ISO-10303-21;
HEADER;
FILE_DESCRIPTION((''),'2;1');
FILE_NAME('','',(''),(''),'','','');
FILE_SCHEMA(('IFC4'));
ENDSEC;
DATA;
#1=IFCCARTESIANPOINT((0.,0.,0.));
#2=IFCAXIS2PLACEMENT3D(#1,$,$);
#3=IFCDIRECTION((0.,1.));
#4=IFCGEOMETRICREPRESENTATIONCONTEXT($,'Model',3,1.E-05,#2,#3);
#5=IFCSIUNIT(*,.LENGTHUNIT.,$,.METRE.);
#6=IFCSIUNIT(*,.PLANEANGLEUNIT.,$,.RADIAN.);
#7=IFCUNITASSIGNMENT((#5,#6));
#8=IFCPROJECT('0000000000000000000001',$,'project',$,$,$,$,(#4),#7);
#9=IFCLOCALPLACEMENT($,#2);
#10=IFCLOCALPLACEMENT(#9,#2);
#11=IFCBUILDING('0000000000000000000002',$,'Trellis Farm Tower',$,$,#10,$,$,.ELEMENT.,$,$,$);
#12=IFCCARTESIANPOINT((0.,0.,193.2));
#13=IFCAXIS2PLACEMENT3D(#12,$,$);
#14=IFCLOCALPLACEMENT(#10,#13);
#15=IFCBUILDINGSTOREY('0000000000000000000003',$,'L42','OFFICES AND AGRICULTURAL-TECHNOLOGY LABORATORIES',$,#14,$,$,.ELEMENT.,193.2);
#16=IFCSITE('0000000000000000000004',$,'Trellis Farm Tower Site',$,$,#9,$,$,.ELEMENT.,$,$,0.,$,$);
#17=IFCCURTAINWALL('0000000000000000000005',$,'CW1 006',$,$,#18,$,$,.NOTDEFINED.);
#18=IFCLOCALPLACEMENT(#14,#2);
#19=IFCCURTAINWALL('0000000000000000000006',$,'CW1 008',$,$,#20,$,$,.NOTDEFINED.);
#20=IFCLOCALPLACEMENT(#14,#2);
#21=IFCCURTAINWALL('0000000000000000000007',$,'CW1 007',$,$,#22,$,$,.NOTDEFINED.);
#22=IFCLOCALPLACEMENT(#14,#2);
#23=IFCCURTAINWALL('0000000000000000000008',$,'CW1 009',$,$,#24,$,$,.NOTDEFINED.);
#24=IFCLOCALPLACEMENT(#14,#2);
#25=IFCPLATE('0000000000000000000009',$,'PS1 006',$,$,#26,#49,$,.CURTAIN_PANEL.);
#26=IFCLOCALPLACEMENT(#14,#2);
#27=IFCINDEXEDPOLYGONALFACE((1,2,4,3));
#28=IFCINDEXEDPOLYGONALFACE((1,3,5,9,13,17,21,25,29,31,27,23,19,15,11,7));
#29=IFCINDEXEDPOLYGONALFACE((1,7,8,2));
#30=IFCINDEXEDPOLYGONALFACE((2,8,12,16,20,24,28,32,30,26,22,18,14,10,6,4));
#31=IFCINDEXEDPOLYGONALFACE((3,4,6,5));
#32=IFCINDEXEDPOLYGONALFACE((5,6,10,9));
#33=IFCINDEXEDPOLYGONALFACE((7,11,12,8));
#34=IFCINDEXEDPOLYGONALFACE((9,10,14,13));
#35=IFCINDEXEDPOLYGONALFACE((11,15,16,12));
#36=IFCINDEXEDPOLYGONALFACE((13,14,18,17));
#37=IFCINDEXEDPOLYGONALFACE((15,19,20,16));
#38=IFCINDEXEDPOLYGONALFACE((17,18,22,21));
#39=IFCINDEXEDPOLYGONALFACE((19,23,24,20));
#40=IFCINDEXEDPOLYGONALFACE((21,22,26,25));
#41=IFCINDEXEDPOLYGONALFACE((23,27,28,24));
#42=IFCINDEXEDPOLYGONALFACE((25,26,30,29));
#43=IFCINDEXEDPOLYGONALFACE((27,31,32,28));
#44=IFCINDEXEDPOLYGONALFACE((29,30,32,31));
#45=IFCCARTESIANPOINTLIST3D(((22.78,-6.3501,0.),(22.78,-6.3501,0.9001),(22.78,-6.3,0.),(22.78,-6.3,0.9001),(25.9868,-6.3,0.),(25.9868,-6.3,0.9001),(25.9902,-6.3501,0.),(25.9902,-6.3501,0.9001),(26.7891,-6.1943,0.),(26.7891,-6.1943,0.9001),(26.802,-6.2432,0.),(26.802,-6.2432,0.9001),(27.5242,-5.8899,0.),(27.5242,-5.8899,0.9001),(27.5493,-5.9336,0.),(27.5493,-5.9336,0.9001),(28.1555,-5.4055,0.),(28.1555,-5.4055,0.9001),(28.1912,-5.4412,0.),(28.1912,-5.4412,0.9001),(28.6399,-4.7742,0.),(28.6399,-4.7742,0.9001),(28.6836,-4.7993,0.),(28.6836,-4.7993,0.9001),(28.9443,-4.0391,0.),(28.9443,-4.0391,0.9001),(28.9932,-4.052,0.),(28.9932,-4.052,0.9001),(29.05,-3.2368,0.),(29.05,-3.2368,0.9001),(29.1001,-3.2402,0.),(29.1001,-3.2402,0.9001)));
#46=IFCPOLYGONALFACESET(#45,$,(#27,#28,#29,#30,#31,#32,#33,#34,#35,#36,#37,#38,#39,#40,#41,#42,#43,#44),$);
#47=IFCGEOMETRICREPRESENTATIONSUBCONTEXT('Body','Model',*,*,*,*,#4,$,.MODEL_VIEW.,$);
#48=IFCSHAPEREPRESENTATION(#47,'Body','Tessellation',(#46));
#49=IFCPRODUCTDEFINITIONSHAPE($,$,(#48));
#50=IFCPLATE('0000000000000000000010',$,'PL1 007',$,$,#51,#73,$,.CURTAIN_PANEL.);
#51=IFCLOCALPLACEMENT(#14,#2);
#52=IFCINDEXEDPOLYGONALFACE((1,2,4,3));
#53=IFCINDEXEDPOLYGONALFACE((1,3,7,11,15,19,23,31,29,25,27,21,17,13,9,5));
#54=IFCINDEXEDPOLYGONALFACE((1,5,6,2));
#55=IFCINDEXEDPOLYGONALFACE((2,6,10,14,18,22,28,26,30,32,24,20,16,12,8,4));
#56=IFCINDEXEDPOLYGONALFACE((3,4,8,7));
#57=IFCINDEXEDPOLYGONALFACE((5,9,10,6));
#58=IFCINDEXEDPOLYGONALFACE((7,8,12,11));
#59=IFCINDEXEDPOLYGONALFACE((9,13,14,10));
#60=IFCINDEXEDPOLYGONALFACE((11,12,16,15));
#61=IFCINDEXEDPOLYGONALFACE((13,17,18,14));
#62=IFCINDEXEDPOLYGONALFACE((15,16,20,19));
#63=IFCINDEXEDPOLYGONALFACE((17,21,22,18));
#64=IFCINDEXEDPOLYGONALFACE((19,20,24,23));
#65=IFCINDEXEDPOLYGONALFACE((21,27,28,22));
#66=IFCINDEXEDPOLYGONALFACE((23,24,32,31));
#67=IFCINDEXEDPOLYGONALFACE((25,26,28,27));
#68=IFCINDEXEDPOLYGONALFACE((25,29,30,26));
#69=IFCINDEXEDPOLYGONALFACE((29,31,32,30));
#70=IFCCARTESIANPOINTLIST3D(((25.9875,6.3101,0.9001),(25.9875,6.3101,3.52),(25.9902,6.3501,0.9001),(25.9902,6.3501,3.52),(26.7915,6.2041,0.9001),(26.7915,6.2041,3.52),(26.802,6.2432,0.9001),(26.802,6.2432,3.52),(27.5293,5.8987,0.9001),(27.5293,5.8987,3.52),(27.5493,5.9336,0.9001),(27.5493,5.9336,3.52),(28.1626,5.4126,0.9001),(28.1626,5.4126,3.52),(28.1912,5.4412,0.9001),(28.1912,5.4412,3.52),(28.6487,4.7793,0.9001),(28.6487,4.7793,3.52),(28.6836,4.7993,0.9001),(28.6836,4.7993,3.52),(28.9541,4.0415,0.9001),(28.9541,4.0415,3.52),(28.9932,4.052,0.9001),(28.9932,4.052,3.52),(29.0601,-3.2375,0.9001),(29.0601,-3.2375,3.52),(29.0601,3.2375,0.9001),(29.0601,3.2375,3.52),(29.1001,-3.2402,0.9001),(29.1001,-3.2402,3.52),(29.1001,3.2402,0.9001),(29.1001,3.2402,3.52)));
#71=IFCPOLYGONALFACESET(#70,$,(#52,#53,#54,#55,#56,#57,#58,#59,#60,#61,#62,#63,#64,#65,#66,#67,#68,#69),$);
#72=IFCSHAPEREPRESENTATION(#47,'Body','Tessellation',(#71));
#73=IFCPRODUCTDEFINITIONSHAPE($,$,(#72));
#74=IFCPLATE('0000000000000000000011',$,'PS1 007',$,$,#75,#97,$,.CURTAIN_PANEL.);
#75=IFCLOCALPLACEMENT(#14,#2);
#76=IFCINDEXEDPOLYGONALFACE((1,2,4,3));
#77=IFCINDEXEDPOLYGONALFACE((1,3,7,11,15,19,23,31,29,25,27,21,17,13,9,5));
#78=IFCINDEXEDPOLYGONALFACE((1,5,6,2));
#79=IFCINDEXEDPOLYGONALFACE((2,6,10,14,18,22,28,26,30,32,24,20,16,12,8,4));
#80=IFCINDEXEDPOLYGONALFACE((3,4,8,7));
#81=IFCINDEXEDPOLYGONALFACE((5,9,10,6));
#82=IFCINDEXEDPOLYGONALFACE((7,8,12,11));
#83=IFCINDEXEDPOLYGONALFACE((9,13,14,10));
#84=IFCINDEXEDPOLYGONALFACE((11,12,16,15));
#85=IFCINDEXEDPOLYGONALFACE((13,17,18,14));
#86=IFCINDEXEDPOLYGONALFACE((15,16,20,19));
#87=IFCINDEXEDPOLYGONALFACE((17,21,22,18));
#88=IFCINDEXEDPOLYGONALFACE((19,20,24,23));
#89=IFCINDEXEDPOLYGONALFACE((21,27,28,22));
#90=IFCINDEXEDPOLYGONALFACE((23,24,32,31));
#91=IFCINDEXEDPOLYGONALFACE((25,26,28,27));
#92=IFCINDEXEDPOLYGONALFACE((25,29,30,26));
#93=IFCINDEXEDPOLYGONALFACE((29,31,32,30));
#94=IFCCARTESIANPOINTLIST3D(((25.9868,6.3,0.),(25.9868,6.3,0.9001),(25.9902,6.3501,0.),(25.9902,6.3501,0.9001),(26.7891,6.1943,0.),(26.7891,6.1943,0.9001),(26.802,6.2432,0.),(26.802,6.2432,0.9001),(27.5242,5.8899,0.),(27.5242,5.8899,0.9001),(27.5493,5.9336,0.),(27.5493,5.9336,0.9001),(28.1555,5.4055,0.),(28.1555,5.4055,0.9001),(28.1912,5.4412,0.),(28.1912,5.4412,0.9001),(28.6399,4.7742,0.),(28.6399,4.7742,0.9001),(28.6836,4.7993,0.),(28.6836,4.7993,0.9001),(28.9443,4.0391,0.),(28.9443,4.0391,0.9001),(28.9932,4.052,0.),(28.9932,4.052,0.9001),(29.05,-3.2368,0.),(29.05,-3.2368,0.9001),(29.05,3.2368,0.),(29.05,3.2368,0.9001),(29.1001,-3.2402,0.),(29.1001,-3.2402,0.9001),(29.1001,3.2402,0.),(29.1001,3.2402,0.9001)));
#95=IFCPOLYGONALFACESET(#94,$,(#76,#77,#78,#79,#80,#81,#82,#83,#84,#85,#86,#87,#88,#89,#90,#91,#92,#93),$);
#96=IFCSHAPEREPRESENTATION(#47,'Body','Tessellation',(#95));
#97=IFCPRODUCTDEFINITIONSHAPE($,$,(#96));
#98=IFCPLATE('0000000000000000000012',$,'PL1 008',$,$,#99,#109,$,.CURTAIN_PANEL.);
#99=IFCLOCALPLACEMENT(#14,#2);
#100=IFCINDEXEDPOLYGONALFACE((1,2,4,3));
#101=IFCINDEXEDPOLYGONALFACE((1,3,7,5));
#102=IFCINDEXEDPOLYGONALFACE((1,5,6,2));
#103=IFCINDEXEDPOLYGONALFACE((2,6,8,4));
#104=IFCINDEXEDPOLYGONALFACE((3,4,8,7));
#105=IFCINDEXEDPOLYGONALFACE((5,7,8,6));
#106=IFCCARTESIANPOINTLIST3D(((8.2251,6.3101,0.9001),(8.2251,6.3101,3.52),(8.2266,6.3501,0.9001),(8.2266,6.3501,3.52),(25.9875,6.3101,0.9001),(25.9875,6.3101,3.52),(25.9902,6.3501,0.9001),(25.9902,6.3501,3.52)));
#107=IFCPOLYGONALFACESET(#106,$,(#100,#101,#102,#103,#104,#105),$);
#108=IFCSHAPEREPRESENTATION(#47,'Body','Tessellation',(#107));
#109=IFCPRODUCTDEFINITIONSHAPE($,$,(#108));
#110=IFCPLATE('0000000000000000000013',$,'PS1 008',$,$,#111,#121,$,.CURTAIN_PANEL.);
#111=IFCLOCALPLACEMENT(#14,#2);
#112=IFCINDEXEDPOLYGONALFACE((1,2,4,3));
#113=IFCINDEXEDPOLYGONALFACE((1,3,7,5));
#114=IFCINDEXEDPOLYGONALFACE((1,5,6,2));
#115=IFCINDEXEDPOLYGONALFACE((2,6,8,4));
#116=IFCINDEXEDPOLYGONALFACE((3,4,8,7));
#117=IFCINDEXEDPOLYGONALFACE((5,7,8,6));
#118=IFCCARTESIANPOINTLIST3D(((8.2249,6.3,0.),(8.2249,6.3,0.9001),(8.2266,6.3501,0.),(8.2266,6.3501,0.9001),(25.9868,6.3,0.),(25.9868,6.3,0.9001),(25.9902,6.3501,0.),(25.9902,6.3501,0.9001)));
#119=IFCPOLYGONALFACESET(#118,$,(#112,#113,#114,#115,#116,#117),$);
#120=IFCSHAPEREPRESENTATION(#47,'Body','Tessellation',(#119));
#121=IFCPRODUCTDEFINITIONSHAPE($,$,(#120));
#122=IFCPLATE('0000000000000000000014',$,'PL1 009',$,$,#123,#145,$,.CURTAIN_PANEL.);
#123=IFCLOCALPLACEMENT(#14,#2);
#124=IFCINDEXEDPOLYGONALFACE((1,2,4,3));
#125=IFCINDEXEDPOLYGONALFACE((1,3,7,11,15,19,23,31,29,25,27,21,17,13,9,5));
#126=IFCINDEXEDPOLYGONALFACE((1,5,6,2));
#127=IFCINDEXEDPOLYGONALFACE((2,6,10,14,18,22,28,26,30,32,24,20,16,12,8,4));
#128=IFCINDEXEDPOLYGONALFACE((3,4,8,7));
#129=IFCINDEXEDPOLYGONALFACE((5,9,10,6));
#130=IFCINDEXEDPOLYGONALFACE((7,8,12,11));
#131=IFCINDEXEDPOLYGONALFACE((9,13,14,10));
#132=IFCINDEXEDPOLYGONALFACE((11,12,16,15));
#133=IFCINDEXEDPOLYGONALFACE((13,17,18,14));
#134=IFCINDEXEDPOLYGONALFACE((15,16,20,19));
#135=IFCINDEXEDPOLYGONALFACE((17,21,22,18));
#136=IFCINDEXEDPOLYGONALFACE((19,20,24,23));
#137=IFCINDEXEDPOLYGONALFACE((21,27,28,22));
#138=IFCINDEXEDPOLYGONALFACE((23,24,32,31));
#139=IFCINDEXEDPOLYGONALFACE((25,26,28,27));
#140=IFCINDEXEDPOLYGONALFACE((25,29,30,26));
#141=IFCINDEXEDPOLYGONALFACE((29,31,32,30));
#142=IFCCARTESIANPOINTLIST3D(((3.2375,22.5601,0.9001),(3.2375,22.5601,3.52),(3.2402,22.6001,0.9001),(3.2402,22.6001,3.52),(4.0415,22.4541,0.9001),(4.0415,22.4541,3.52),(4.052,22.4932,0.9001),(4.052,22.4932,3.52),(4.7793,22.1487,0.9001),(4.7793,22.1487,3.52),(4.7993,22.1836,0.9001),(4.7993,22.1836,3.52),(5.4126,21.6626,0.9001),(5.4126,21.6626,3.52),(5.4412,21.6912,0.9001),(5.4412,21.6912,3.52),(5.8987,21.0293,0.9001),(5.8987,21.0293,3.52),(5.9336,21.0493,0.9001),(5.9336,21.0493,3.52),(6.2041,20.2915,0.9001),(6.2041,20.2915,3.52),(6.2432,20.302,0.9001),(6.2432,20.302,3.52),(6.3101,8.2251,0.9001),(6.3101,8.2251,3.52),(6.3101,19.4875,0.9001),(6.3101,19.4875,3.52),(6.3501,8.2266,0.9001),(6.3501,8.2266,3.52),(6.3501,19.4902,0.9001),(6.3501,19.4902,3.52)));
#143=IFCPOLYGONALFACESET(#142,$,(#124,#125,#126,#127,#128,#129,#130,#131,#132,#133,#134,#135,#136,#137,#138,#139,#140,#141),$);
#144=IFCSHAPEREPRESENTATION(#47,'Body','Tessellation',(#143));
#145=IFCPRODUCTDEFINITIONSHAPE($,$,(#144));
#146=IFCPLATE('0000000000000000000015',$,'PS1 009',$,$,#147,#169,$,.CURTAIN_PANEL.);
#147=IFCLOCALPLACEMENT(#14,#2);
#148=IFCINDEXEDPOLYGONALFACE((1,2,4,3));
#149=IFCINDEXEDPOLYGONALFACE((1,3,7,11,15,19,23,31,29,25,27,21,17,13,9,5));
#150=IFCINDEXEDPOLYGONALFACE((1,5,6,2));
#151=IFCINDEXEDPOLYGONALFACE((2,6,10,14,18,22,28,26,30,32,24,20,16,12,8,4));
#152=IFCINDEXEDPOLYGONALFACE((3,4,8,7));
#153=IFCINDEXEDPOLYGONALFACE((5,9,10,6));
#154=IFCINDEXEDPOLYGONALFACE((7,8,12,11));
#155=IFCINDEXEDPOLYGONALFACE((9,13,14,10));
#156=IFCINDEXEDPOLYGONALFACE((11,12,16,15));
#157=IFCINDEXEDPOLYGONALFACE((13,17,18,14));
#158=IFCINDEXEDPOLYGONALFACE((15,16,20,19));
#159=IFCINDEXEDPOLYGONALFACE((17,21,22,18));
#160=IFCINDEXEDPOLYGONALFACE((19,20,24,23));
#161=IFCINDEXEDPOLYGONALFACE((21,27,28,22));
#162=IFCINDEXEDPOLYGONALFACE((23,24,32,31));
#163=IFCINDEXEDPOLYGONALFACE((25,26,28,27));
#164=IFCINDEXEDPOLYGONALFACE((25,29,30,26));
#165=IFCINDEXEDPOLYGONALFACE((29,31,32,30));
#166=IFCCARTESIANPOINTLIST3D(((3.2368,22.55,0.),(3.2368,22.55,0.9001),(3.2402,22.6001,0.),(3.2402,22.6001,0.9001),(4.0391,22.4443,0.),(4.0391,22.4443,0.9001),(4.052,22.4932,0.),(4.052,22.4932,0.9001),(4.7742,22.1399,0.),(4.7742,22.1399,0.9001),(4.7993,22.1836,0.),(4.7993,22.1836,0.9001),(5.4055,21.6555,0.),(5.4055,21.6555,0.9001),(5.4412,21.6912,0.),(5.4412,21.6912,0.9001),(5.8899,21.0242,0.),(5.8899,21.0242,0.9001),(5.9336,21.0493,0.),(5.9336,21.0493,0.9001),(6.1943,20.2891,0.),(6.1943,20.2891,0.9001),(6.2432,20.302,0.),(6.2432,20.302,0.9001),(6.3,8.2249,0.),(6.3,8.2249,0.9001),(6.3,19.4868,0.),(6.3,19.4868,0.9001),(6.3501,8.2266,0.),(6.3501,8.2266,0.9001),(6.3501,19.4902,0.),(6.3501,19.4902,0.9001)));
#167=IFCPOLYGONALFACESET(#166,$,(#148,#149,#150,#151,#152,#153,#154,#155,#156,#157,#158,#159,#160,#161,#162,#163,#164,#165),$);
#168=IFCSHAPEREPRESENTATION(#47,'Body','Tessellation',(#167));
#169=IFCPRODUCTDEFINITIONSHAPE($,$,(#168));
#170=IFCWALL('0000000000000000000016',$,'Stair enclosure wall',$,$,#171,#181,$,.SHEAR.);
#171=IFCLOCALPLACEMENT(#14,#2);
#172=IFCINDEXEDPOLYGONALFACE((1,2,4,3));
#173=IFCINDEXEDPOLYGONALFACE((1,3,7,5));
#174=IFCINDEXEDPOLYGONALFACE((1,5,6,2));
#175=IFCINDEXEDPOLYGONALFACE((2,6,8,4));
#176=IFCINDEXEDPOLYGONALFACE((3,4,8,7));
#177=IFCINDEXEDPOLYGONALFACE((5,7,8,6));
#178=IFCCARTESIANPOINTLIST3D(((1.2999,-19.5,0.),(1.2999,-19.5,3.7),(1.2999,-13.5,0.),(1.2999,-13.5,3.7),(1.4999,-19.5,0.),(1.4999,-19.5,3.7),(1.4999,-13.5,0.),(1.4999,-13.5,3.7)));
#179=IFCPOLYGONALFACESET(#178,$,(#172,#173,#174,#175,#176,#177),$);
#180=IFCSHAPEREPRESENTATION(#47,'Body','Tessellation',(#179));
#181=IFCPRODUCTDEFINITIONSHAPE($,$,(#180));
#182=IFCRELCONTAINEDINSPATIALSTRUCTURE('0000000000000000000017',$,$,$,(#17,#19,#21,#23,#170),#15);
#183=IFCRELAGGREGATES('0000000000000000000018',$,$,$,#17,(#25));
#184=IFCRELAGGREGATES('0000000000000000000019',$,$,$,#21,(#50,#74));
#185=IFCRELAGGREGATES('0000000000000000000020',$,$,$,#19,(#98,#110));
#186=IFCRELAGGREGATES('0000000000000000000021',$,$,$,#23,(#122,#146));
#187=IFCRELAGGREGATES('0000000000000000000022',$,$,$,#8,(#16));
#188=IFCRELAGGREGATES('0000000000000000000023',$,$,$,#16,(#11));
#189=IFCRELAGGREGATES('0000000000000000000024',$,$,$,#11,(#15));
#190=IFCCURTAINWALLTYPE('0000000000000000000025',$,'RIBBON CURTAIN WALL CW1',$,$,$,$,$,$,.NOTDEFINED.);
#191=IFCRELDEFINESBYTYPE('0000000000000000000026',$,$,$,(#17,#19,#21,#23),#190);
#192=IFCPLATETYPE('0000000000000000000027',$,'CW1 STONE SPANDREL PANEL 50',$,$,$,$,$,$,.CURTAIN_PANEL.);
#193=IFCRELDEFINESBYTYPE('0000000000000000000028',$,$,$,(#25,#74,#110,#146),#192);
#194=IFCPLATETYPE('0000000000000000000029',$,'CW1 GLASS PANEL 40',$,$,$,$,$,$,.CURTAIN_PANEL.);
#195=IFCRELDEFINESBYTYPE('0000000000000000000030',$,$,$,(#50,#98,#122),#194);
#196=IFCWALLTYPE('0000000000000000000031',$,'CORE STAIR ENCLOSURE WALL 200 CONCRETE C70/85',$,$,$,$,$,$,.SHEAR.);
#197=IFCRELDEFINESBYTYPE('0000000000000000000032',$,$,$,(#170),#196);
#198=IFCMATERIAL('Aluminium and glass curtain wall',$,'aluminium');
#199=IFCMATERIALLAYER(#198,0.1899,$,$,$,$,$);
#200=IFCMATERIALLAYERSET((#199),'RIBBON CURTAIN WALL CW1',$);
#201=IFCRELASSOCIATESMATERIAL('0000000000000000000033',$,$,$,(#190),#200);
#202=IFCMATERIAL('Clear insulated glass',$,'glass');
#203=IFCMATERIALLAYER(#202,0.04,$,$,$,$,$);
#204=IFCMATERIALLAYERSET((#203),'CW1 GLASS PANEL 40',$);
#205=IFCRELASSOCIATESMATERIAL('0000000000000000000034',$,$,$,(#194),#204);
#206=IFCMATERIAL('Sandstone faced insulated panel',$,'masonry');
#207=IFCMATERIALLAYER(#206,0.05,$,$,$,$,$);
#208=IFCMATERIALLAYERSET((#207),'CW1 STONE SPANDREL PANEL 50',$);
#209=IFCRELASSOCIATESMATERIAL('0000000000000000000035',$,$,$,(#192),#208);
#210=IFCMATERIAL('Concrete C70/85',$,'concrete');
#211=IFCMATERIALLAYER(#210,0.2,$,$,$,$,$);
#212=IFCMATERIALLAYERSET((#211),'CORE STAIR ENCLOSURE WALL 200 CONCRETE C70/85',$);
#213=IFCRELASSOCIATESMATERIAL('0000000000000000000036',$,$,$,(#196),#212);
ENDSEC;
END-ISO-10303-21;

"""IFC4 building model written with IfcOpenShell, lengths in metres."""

from ifc_helpers import new_model, si_unit, direction, frame, frame_2d, origin, place, context, subcontext, project, spatial, polyline, rectangle, outline, extrude, source, transform, mapped, material, layer, layer_set, type_object, element, aggregate, save


model = new_model("IFC4")

# Units and contexts
model_context = context("Model", 3, precision=1e-05, world=origin(), true_north=direction((0.0, 1.0)))
body_context = subcontext(model_context, "Body", "Model", "MODEL_VIEW")
ifc_project = project(units=[si_unit("LENGTHUNIT", "METRE"), si_unit("PLANEANGLEUNIT", "RADIAN")], contexts=[model_context])

# Site, building, storey
site_placement = place(None, origin())
site = spatial("IfcSite", under=ifc_project, at=site_placement, Name="Trellis Farm Tower Site", CompositionType="ELEMENT", RefElevation=0.0)
building_placement = place(site_placement, origin())
building = spatial("IfcBuilding", under=site, at=building_placement, Name="Trellis Farm Tower", CompositionType="ELEMENT")
storey_placement = place(building_placement, frame((0.0, 0.0, 193.2)))
storey = spatial("IfcBuildingStorey", under=building, at=storey_placement, Name="L42", Description="OFFICES AND AGRICULTURAL-TECHNOLOGY LABORATORIES", CompositionType="ELEMENT", Elevation=193.2)

# Shared definitions
ifc_material_1 = material(Name="Concrete C70/85", Category="concrete")

# Curtain walls
ifc_material_2 = material(Name="Aluminium and glass curtain wall", Category="aluminium")
placement_1 = place(storey_placement, origin())
ifc_layer_1 = layer(ifc_material_2, 0.1899)
ifc_layer_set_1 = layer_set([ifc_layer_1], Name="RIBBON CURTAIN WALL CW1")
curtain_wall_type_1 = type_object("IfcCurtainWallType", Name="RIBBON CURTAIN WALL CW1", PredefinedType="NOTDEFINED", material=ifc_layer_set_1)
curtain_wall_1 = element("IfcCurtainWall", 1, at=placement_1, inside=storey, type_object=curtain_wall_type_1, Name="CW1 006", PredefinedType="NOTDEFINED")
curtain_wall_2 = element("IfcCurtainWall", 2, at=placement_1, inside=storey, type_object=curtain_wall_type_1, Name="CW1 008", PredefinedType="NOTDEFINED")
curtain_wall_3 = element("IfcCurtainWall", 3, at=placement_1, inside=storey, type_object=curtain_wall_type_1, Name="CW1 007", PredefinedType="NOTDEFINED")
curtain_wall_4 = element("IfcCurtainWall", 4, at=placement_1, inside=storey, type_object=curtain_wall_type_1, Name="CW1 009", PredefinedType="NOTDEFINED")

# Plates
ifc_material_3 = material(Name="Clear insulated glass", Category="glass")
ifc_layer_2 = layer(ifc_material_3, 0.04)
ifc_layer_set_2 = layer_set([ifc_layer_2], Name="CW1 GLASS PANEL 40")
plate_type_1 = type_object("IfcPlateType", Name="CW1 GLASS PANEL 40", PredefinedType="CURTAIN_PANEL", material=ifc_layer_set_2)
placement_2 = place(storey_placement, frame((0.0, 0.0, 0.9001)))
ifc_material_4 = material(Name="Sandstone faced insulated panel", Category="masonry")
ifc_layer_3 = layer(ifc_material_4, 0.05)
ifc_layer_set_3 = layer_set([ifc_layer_3], Name="CW1 STONE SPANDREL PANEL 50")
plate_type_2 = type_object("IfcPlateType", Name="CW1 STONE SPANDREL PANEL 50", PredefinedType="CURTAIN_PANEL", material=ifc_layer_set_3)
shared_shape_1 = source(origin(), body_context, "Body", "SweptSolid", [
    extrude(outline(polyline([(22.78, -6.3501), (25.9902, -6.3501), (26.802, -6.2432), (27.5493, -5.9336), (28.1912, -5.4412), (28.6836, -4.7993), (28.9932, -4.052), (29.1001, -3.2402), (29.05, -3.2368), (28.9443, -4.0391), (28.6399, -4.7742), (28.1555, -5.4055), (27.5242, -5.8899), (26.7891, -6.1943), (25.9868, -6.3), (22.78, -6.3), (22.78, -6.3501)])), origin(), (0.0, 0.0, 1.0), 0.9001),
])
plate_1 = element("IfcPlate", 5, at=placement_1, type_object=plate_type_2, Name="PS1 006", PredefinedType="CURTAIN_PANEL", context=body_context, shape_type="MappedRepresentation", body=[
    mapped(shared_shape_1, transform((0.0, 0.0, 0.0))),
])
aggregate(curtain_wall_1, [plate_1])
shared_shape_2 = source(origin(), body_context, "Body", "SweptSolid", [
    extrude(outline(polyline([(29.1001, -3.2402), (29.1001, 3.2402), (28.9932, 4.052), (28.6836, 4.7993), (28.1912, 5.4412), (27.5493, 5.9336), (26.802, 6.2432), (25.9902, 6.3501), (25.9875, 6.3101), (26.7915, 6.2041), (27.5293, 5.8987), (28.1626, 5.4126), (28.6487, 4.7793), (28.9541, 4.0415), (29.0601, 3.2375), (29.0601, -3.2375), (29.1001, -3.2402)])), origin(), (0.0, 0.0, 1.0), 2.6199),
])
plate_2 = element("IfcPlate", 6, at=placement_2, type_object=plate_type_1, Name="PL1 007", PredefinedType="CURTAIN_PANEL", context=body_context, shape_type="MappedRepresentation", body=[
    mapped(shared_shape_2, transform((0.0, 0.0, 0.0))),
])
shared_shape_3 = source(origin(), body_context, "Body", "SweptSolid", [
    extrude(outline(polyline([(29.1001, -3.2402), (29.1001, 3.2402), (28.9932, 4.052), (28.6836, 4.7993), (28.1912, 5.4412), (27.5493, 5.9336), (26.802, 6.2432), (25.9902, 6.3501), (25.9868, 6.3), (26.7891, 6.1943), (27.5242, 5.8899), (28.1555, 5.4055), (28.6399, 4.7742), (28.9443, 4.0391), (29.05, 3.2368), (29.05, -3.2368), (29.1001, -3.2402)])), origin(), (0.0, 0.0, 1.0), 0.9001),
])
plate_3 = element("IfcPlate", 7, at=placement_1, type_object=plate_type_2, Name="PS1 007", PredefinedType="CURTAIN_PANEL", context=body_context, shape_type="MappedRepresentation", body=[
    mapped(shared_shape_3, transform((0.0, 0.0, 0.0))),
])
aggregate(curtain_wall_3, [plate_2, plate_3])
shared_shape_4 = source(origin(), body_context, "Body", "SweptSolid", [
    extrude(outline(polyline([(25.9902, 6.3501), (8.2266, 6.3501), (8.2251, 6.3101), (25.9875, 6.3101), (25.9902, 6.3501)])), origin(), (0.0, 0.0, 1.0), 2.6199),
])
plate_4 = element("IfcPlate", 8, at=placement_2, type_object=plate_type_1, Name="PL1 008", PredefinedType="CURTAIN_PANEL", context=body_context, shape_type="MappedRepresentation", body=[
    mapped(shared_shape_4, transform((0.0, 0.0, 0.0))),
])
shared_shape_5 = source(origin(), body_context, "Body", "SweptSolid", [
    extrude(outline(polyline([(25.9902, 6.3501), (8.2266, 6.3501), (8.2249, 6.3), (25.9868, 6.3), (25.9902, 6.3501)])), origin(), (0.0, 0.0, 1.0), 0.9001),
])
plate_5 = element("IfcPlate", 9, at=placement_1, type_object=plate_type_2, Name="PS1 008", PredefinedType="CURTAIN_PANEL", context=body_context, shape_type="MappedRepresentation", body=[
    mapped(shared_shape_5, transform((0.0, 0.0, 0.0))),
])
aggregate(curtain_wall_2, [plate_4, plate_5])
shared_shape_6 = source(origin(), body_context, "Body", "SweptSolid", [
    extrude(outline(polyline([(6.3501, 8.2266), (6.3501, 19.4902), (6.2432, 20.302), (5.9336, 21.0493), (5.4412, 21.6912), (4.7993, 22.1836), (4.052, 22.4932), (3.2402, 22.6001), (3.2375, 22.5601), (4.0415, 22.4541), (4.7793, 22.1487), (5.4126, 21.6626), (5.8987, 21.0293), (6.2041, 20.2915), (6.3101, 19.4875), (6.3101, 8.2251), (6.3501, 8.2266)])), origin(), (0.0, 0.0, 1.0), 2.6199),
])
plate_6 = element("IfcPlate", 10, at=placement_2, type_object=plate_type_1, Name="PL1 009", PredefinedType="CURTAIN_PANEL", context=body_context, shape_type="MappedRepresentation", body=[
    mapped(shared_shape_6, transform((0.0, 0.0, 0.0))),
])
shared_shape_7 = source(origin(), body_context, "Body", "SweptSolid", [
    extrude(outline(polyline([(6.3501, 8.2266), (6.3501, 19.4902), (6.2432, 20.302), (5.9336, 21.0493), (5.4412, 21.6912), (4.7993, 22.1836), (4.052, 22.4932), (3.2402, 22.6001), (3.2368, 22.55), (4.0391, 22.4443), (4.7742, 22.1399), (5.4055, 21.6555), (5.8899, 21.0242), (6.1943, 20.2891), (6.3, 19.4868), (6.3, 8.2249), (6.3501, 8.2266)])), origin(), (0.0, 0.0, 1.0), 0.9001),
])
plate_7 = element("IfcPlate", 11, at=placement_1, type_object=plate_type_2, Name="PS1 009", PredefinedType="CURTAIN_PANEL", context=body_context, shape_type="MappedRepresentation", body=[
    mapped(shared_shape_7, transform((0.0, 0.0, 0.0))),
])
aggregate(curtain_wall_4, [plate_6, plate_7])

# Wall
ifc_layer_4 = layer(ifc_material_1, 0.2)
ifc_layer_set_4 = layer_set([ifc_layer_4], Name="CORE STAIR ENCLOSURE WALL 200 CONCRETE C70/85")
wall_type_1 = type_object("IfcWallType", Name="CORE STAIR ENCLOSURE WALL 200 CONCRETE C70/85", PredefinedType="SHEAR", material=ifc_layer_set_4)
shared_shape_8 = source(origin(), body_context, "Body", "SweptSolid", [
    extrude(rectangle(XDim=6.0, YDim=0.2, at=frame_2d((3.0, 0.0))), origin(), (0.0, 0.0, 1.0), 3.7),
])
wall_1_placement = place(storey_placement, frame((1.3999, -13.5, 0.0), z_axis=(0.0, 0.0, 1.0), x_axis=(0.0, -1.0, 0.0)))
element("IfcWall", 12, at=wall_1_placement, inside=storey, type_object=wall_type_1, Name="Stair enclosure wall", PredefinedType="SHEAR", context=body_context, shape_type="MappedRepresentation", body=[
    mapped(shared_shape_8, transform((0.0, 0.0, 0.0))),
])

save(model, "model.ifc")
